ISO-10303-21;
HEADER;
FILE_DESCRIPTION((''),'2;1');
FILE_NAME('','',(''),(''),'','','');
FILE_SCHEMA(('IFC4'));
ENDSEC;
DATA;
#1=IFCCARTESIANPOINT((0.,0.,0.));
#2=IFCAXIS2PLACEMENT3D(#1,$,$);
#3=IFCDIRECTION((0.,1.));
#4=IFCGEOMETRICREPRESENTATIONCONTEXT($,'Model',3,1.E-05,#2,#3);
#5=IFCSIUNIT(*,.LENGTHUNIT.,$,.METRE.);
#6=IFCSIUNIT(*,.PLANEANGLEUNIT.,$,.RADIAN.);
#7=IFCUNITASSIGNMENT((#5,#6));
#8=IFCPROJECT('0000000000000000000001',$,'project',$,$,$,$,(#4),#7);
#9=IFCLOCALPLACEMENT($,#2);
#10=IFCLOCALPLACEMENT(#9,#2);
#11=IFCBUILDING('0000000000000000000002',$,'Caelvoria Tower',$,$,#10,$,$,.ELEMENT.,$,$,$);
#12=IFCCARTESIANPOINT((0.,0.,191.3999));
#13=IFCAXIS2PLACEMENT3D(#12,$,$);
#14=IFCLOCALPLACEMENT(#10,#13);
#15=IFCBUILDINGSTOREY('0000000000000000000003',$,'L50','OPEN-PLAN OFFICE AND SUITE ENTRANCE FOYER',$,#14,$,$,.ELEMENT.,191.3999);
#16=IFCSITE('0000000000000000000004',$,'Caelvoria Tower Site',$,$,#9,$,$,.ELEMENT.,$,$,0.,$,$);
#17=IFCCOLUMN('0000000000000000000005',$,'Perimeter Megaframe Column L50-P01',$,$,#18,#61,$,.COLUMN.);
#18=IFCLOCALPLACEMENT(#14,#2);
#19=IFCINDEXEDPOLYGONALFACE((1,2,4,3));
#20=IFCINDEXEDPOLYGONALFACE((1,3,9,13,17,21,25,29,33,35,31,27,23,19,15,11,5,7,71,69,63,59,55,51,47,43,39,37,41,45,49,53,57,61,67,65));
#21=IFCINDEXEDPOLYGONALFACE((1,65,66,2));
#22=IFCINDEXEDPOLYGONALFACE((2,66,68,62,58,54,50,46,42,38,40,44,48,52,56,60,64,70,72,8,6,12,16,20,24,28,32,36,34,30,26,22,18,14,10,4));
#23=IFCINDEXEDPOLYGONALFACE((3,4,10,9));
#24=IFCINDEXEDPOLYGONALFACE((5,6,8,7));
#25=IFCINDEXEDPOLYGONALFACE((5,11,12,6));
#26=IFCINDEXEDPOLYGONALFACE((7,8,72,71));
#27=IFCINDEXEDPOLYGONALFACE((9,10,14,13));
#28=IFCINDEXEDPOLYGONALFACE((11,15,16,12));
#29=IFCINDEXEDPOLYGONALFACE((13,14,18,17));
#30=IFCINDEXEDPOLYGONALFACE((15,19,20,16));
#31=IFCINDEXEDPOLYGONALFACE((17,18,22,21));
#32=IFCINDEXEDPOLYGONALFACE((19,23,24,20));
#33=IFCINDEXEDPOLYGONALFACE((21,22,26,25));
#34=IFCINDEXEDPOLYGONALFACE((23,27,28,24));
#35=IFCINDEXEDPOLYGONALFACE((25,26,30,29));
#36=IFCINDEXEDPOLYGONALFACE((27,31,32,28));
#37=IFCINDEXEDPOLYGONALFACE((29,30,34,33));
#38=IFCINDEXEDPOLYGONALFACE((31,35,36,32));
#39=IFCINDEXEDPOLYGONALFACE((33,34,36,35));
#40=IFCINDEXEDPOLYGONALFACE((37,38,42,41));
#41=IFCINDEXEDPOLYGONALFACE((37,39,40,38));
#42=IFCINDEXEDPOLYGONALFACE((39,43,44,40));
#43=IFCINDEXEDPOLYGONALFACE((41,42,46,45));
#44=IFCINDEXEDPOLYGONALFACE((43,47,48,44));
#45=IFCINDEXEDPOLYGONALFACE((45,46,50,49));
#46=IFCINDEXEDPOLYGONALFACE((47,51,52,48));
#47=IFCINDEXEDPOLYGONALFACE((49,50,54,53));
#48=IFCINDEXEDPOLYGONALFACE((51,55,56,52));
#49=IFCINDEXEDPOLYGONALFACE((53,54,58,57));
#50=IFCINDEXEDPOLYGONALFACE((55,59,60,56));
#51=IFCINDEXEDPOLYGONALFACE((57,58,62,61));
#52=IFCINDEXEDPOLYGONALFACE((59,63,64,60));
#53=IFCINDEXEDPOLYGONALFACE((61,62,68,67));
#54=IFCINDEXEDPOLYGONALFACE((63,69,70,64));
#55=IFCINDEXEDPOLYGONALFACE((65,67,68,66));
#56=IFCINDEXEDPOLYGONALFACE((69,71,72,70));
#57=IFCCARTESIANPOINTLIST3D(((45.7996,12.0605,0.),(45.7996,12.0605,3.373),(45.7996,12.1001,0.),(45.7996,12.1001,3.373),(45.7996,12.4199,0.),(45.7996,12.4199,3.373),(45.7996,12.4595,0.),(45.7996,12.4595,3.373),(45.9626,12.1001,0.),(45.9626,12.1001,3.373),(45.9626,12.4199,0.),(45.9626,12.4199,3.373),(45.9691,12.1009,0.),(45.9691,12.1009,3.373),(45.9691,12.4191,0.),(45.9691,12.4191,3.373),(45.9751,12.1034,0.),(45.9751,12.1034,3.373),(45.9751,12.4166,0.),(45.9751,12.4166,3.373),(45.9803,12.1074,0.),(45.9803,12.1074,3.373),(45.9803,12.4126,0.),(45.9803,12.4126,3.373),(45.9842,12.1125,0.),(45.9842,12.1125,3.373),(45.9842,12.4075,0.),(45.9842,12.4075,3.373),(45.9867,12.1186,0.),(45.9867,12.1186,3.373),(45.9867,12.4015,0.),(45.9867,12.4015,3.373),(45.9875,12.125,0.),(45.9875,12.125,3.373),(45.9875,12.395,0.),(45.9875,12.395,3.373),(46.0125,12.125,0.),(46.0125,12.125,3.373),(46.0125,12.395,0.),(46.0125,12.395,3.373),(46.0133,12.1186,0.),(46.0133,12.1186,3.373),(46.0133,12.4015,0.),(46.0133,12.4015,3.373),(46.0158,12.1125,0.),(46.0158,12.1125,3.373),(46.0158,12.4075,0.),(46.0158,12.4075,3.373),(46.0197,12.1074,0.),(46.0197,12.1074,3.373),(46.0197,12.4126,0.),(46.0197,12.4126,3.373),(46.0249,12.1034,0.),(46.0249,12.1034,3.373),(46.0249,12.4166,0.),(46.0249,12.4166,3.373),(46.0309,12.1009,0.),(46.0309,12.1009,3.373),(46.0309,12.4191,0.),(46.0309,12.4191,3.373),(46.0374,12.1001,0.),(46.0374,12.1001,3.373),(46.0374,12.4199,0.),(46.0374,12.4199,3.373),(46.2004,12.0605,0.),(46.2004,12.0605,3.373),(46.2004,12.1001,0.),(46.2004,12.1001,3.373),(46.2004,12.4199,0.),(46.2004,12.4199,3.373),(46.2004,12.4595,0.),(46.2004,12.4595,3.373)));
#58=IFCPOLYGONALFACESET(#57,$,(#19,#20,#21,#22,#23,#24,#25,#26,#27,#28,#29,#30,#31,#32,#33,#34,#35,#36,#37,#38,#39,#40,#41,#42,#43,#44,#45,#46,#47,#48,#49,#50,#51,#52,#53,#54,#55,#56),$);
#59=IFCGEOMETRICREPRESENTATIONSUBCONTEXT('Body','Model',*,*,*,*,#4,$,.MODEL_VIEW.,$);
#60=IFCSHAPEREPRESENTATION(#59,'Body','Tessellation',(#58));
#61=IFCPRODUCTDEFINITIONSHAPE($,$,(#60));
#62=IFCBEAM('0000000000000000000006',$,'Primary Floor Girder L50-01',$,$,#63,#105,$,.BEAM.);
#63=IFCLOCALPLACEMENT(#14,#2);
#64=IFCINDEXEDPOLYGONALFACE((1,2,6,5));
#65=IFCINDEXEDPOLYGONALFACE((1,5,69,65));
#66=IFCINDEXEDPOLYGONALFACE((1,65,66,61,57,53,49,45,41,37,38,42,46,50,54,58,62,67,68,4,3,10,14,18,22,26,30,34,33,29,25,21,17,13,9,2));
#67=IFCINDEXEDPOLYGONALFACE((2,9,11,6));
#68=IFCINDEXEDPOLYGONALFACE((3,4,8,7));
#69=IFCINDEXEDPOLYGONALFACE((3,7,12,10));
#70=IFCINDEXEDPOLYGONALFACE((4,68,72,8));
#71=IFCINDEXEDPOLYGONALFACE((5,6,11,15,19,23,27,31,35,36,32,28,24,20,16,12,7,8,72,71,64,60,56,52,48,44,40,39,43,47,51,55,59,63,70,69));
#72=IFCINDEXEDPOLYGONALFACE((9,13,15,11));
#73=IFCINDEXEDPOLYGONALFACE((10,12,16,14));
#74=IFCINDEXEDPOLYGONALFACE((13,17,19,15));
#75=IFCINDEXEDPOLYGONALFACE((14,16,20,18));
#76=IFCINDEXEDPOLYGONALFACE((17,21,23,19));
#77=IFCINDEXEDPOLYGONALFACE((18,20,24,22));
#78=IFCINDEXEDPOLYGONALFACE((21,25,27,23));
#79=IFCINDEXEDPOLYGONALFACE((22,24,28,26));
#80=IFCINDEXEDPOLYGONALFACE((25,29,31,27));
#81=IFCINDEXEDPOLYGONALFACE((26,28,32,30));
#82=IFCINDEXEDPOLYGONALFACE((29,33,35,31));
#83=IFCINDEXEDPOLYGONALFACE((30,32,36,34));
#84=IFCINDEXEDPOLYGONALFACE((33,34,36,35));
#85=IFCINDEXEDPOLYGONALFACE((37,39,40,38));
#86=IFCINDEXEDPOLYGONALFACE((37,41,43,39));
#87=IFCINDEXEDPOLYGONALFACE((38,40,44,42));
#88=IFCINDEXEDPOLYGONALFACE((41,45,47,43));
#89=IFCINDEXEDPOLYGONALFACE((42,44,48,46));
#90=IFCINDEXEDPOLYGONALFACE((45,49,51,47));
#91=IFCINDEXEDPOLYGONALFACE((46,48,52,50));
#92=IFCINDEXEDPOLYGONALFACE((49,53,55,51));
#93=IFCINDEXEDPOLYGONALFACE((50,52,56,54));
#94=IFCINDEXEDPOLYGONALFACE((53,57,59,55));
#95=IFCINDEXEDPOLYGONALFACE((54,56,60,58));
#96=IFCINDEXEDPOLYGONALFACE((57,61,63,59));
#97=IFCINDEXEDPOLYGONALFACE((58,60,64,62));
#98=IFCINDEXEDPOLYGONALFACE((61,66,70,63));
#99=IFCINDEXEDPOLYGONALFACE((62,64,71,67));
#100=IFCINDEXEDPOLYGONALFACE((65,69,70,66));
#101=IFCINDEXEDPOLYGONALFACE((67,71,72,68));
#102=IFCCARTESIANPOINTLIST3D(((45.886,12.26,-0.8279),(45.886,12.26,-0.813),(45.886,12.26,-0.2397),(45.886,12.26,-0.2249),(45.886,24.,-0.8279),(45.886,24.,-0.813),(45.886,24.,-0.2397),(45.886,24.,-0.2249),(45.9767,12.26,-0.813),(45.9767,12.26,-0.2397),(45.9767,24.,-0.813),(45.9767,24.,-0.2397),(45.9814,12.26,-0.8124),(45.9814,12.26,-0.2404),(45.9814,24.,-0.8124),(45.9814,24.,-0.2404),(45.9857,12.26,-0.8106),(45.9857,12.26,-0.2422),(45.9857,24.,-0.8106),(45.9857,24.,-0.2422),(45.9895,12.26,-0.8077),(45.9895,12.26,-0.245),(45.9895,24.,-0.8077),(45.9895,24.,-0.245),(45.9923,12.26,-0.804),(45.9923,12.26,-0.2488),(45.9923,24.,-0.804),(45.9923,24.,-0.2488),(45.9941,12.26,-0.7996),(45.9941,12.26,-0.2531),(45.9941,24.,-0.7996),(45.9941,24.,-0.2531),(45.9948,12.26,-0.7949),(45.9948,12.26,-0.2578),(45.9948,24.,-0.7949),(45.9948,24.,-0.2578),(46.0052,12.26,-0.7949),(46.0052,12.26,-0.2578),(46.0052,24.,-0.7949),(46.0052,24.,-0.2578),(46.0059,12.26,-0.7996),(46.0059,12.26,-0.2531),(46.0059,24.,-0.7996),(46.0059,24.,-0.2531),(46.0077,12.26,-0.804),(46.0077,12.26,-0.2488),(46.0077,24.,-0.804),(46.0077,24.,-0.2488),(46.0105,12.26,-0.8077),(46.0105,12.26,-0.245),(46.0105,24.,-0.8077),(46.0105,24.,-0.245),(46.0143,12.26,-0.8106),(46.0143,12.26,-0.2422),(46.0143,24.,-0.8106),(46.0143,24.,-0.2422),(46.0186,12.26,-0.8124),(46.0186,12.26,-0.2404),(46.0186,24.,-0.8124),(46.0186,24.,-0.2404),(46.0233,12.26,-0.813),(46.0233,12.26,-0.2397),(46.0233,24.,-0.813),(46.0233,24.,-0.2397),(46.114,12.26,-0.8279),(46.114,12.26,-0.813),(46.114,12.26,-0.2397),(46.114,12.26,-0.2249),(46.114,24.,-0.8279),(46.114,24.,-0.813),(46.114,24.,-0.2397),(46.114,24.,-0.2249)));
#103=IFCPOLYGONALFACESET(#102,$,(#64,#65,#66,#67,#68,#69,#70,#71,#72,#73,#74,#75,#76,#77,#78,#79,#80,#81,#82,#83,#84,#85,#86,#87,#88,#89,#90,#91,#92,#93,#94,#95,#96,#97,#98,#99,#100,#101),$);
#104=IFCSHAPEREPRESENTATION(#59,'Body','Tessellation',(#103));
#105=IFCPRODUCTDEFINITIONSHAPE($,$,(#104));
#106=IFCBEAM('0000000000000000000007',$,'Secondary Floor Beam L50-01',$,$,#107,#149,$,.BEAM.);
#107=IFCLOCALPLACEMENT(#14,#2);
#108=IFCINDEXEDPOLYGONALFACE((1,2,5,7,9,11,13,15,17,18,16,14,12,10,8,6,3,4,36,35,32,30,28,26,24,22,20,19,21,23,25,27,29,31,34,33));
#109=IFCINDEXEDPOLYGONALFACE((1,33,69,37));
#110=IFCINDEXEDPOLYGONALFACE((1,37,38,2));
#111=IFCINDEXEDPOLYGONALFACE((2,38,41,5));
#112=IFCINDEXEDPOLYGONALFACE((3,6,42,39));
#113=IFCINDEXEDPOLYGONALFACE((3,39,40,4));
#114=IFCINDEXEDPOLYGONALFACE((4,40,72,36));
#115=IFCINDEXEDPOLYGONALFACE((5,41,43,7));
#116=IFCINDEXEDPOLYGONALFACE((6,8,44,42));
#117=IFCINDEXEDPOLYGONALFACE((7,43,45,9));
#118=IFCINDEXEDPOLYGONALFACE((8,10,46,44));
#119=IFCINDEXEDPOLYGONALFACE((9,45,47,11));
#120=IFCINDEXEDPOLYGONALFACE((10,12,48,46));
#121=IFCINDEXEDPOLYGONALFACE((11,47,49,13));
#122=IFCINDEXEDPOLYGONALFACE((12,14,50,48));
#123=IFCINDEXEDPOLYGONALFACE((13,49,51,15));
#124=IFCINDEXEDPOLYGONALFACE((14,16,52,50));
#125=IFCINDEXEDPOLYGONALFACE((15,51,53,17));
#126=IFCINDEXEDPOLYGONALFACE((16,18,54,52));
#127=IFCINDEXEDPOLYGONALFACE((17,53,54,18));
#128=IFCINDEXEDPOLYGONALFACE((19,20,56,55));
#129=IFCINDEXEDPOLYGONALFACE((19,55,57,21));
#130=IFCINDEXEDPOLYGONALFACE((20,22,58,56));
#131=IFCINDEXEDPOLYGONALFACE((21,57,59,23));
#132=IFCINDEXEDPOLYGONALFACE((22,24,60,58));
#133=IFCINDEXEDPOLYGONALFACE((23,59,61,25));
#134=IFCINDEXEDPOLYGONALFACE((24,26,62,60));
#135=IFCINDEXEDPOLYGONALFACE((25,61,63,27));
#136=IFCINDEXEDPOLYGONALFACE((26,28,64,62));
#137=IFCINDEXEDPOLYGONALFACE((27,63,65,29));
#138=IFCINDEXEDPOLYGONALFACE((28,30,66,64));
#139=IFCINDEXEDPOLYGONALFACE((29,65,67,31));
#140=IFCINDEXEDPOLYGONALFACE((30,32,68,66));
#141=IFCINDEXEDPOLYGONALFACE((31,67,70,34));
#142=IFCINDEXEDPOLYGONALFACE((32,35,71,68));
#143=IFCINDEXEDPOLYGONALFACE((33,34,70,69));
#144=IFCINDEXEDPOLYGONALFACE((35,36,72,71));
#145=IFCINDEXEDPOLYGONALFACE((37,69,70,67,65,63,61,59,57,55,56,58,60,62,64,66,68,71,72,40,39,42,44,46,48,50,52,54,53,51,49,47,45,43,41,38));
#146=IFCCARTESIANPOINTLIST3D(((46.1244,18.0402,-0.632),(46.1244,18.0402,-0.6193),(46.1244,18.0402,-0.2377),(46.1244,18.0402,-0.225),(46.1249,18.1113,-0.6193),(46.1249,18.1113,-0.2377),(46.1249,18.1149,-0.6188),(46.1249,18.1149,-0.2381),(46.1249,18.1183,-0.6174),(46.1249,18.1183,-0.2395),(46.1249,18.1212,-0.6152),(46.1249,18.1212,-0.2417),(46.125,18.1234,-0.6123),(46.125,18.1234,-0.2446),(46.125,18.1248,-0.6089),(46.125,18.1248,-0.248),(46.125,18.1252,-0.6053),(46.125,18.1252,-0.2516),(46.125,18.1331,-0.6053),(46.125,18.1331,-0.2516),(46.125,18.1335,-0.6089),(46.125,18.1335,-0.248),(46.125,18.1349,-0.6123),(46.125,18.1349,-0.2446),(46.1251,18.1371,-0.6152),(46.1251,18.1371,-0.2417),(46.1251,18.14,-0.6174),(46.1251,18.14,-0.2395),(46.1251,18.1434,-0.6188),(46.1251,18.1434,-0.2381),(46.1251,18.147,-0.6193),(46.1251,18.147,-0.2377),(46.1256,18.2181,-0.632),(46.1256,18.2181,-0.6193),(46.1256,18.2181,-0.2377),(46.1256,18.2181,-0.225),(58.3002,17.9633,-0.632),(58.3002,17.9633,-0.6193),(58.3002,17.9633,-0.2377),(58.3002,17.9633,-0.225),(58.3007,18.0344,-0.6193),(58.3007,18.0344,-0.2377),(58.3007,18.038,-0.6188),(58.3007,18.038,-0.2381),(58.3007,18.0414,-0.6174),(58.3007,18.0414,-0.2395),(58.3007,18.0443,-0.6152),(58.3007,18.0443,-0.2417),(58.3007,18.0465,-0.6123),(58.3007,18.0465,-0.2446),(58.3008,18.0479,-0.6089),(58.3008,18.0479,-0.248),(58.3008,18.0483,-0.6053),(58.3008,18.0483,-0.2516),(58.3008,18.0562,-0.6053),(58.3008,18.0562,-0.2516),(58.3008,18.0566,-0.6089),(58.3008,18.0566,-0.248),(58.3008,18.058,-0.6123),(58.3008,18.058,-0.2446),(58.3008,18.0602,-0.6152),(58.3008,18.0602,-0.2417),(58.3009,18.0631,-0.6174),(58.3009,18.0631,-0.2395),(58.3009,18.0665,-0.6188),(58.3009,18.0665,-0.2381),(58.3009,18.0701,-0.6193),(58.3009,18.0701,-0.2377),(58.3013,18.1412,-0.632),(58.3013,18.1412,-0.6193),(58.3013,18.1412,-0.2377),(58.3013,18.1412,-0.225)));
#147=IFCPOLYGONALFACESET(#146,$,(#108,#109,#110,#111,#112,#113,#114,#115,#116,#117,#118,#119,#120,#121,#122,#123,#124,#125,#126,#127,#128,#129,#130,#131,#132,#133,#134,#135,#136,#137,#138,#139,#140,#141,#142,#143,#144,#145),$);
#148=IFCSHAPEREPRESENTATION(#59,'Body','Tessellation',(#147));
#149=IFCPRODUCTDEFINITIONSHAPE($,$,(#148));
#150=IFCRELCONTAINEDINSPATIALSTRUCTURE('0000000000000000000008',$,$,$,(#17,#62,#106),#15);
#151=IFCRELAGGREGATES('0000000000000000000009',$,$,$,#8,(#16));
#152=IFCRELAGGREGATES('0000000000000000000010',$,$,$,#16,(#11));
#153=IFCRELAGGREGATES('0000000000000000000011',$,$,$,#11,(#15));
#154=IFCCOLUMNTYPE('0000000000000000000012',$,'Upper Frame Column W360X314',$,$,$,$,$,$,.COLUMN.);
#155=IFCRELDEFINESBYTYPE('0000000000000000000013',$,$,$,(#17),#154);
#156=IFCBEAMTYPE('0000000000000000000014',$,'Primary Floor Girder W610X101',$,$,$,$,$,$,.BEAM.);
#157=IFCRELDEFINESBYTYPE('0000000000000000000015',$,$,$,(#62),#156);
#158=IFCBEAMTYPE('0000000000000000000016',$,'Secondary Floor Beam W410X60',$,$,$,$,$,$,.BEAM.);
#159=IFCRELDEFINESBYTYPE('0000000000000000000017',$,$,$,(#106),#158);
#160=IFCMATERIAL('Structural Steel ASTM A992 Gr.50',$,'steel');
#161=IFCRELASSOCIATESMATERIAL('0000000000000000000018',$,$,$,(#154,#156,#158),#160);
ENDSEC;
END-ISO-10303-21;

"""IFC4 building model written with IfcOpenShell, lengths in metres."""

from ifc_helpers import new_model, si_unit, direction, frame, origin, origin_2d, place, context, subcontext, project, spatial, i_section, extrude, material, material_profile, profile_set, type_object, element, save


model = new_model("IFC4")

# Units and contexts
model_context = context("Model", 3, precision=1e-05, world=origin(), true_north=direction((0.0, 1.0)))
body_context = subcontext(model_context, "Body", "Model", "MODEL_VIEW")
ifc_project = project(units=[si_unit("LENGTHUNIT", "METRE"), si_unit("PLANEANGLEUNIT", "RADIAN")], contexts=[model_context])

# Site, building, storey
site_placement = place(None, origin())
site = spatial("IfcSite", under=ifc_project, at=site_placement, Name="Caelvoria Tower Site", CompositionType="ELEMENT", RefElevation=0.0)
building_placement = place(site_placement, origin())
building = spatial("IfcBuilding", under=site, at=building_placement, Name="Caelvoria Tower", CompositionType="ELEMENT")
storey_placement = place(building_placement, frame((0.0, 0.0, 191.3999)))
storey = spatial("IfcBuildingStorey", under=building, at=storey_placement, Name="L50", Description="OPEN-PLAN OFFICE AND SUITE ENTRANCE FOYER", CompositionType="ELEMENT", Elevation=191.3999)

# Column
ifc_material_1 = material(Name="Structural Steel ASTM A992 Gr.50", Category="steel")
ifc_material_profile_1 = material_profile(ifc_material_1, i_section(OverallWidth=0.4009, OverallDepth=0.3989, WebThickness=0.0249, FlangeThickness=0.0396, FilletRadius=0.0249, at=origin_2d()), Name="Structural Steel ASTM A992 Gr.50")
ifc_profile_set_1 = profile_set([ifc_material_profile_1], Name="W360X314 - Structural Steel ASTM A992 Gr.50")
column_type = type_object("IfcColumnType", Name="Upper Frame Column W360X314", PredefinedType="COLUMN", material=ifc_profile_set_1)
column_placement = place(storey_placement, frame((46.0, 12.26, 0.0), z_axis=(0.0, 0.0, 1.0), x_axis=(1.0, 0.0, 0.0)))
element("IfcColumn", 1, at=column_placement, inside=storey, type_object=column_type, Name="Perimeter Megaframe Column L50-P01", PredefinedType="COLUMN", context=body_context, shape_type="SweptSolid", body=[
    extrude(i_section(OverallWidth=0.4009, OverallDepth=0.3989, WebThickness=0.0249, FlangeThickness=0.0396, FilletRadius=0.0249, at=origin_2d()), origin(), (0.0, 0.0, 1.0), 3.373),
])

# Beams
ifc_material_profile_2 = material_profile(ifc_material_1, i_section(OverallWidth=0.228, OverallDepth=0.603, WebThickness=0.0105, FlangeThickness=0.0149, FilletRadius=0.0181, at=origin_2d()), Name="Structural Steel ASTM A992 Gr.50")
ifc_profile_set_2 = profile_set([ifc_material_profile_2], Name="W610X101 - Structural Steel ASTM A992 Gr.50")
beam_type_1 = type_object("IfcBeamType", Name="Primary Floor Girder W610X101", PredefinedType="BEAM", material=ifc_profile_set_2)
beam_1_placement = place(storey_placement, frame((46.0, 24.0, -0.5264), z_axis=(0.0, -1.0, 0.0), x_axis=(1.0, 0.0, 0.0)))
element("IfcBeam", 2, at=beam_1_placement, inside=storey, type_object=beam_type_1, Name="Primary Floor Girder L50-01", PredefinedType="BEAM", context=body_context, shape_type="SweptSolid", body=[
    extrude(i_section(OverallWidth=0.228, OverallDepth=0.603, WebThickness=0.0105, FlangeThickness=0.0149, FilletRadius=0.0181, at=origin_2d()), origin(), (0.0, 0.0, 1.0), 11.74),
])
ifc_material_profile_3 = material_profile(ifc_material_1, i_section(OverallWidth=0.178, OverallDepth=0.407, WebThickness=0.0078, FlangeThickness=0.0127, FilletRadius=0.0139, at=origin_2d()), Name="Structural Steel ASTM A992 Gr.50")
ifc_profile_set_3 = profile_set([ifc_material_profile_3], Name="W410X60 - Structural Steel ASTM A992 Gr.50")
beam_type_2 = type_object("IfcBeamType", Name="Secondary Floor Beam W410X60", PredefinedType="BEAM", material=ifc_profile_set_3)
beam_2_placement = place(storey_placement, frame((46.125, 18.1292, -0.4285), z_axis=(0.99998, -0.006316, 0.0), x_axis=(0.006316, 0.99998, 0.0)))
element("IfcBeam", 3, at=beam_2_placement, inside=storey, type_object=beam_type_2, Name="Secondary Floor Beam L50-01", PredefinedType="BEAM", context=body_context, shape_type="SweptSolid", body=[
    extrude(i_section(OverallWidth=0.178, OverallDepth=0.407, WebThickness=0.0078, FlangeThickness=0.0127, FilletRadius=0.0139, at=origin_2d()), origin(), (0.0, 0.0, 1.0), 12.176),
])

save(model, "model.ifc")
